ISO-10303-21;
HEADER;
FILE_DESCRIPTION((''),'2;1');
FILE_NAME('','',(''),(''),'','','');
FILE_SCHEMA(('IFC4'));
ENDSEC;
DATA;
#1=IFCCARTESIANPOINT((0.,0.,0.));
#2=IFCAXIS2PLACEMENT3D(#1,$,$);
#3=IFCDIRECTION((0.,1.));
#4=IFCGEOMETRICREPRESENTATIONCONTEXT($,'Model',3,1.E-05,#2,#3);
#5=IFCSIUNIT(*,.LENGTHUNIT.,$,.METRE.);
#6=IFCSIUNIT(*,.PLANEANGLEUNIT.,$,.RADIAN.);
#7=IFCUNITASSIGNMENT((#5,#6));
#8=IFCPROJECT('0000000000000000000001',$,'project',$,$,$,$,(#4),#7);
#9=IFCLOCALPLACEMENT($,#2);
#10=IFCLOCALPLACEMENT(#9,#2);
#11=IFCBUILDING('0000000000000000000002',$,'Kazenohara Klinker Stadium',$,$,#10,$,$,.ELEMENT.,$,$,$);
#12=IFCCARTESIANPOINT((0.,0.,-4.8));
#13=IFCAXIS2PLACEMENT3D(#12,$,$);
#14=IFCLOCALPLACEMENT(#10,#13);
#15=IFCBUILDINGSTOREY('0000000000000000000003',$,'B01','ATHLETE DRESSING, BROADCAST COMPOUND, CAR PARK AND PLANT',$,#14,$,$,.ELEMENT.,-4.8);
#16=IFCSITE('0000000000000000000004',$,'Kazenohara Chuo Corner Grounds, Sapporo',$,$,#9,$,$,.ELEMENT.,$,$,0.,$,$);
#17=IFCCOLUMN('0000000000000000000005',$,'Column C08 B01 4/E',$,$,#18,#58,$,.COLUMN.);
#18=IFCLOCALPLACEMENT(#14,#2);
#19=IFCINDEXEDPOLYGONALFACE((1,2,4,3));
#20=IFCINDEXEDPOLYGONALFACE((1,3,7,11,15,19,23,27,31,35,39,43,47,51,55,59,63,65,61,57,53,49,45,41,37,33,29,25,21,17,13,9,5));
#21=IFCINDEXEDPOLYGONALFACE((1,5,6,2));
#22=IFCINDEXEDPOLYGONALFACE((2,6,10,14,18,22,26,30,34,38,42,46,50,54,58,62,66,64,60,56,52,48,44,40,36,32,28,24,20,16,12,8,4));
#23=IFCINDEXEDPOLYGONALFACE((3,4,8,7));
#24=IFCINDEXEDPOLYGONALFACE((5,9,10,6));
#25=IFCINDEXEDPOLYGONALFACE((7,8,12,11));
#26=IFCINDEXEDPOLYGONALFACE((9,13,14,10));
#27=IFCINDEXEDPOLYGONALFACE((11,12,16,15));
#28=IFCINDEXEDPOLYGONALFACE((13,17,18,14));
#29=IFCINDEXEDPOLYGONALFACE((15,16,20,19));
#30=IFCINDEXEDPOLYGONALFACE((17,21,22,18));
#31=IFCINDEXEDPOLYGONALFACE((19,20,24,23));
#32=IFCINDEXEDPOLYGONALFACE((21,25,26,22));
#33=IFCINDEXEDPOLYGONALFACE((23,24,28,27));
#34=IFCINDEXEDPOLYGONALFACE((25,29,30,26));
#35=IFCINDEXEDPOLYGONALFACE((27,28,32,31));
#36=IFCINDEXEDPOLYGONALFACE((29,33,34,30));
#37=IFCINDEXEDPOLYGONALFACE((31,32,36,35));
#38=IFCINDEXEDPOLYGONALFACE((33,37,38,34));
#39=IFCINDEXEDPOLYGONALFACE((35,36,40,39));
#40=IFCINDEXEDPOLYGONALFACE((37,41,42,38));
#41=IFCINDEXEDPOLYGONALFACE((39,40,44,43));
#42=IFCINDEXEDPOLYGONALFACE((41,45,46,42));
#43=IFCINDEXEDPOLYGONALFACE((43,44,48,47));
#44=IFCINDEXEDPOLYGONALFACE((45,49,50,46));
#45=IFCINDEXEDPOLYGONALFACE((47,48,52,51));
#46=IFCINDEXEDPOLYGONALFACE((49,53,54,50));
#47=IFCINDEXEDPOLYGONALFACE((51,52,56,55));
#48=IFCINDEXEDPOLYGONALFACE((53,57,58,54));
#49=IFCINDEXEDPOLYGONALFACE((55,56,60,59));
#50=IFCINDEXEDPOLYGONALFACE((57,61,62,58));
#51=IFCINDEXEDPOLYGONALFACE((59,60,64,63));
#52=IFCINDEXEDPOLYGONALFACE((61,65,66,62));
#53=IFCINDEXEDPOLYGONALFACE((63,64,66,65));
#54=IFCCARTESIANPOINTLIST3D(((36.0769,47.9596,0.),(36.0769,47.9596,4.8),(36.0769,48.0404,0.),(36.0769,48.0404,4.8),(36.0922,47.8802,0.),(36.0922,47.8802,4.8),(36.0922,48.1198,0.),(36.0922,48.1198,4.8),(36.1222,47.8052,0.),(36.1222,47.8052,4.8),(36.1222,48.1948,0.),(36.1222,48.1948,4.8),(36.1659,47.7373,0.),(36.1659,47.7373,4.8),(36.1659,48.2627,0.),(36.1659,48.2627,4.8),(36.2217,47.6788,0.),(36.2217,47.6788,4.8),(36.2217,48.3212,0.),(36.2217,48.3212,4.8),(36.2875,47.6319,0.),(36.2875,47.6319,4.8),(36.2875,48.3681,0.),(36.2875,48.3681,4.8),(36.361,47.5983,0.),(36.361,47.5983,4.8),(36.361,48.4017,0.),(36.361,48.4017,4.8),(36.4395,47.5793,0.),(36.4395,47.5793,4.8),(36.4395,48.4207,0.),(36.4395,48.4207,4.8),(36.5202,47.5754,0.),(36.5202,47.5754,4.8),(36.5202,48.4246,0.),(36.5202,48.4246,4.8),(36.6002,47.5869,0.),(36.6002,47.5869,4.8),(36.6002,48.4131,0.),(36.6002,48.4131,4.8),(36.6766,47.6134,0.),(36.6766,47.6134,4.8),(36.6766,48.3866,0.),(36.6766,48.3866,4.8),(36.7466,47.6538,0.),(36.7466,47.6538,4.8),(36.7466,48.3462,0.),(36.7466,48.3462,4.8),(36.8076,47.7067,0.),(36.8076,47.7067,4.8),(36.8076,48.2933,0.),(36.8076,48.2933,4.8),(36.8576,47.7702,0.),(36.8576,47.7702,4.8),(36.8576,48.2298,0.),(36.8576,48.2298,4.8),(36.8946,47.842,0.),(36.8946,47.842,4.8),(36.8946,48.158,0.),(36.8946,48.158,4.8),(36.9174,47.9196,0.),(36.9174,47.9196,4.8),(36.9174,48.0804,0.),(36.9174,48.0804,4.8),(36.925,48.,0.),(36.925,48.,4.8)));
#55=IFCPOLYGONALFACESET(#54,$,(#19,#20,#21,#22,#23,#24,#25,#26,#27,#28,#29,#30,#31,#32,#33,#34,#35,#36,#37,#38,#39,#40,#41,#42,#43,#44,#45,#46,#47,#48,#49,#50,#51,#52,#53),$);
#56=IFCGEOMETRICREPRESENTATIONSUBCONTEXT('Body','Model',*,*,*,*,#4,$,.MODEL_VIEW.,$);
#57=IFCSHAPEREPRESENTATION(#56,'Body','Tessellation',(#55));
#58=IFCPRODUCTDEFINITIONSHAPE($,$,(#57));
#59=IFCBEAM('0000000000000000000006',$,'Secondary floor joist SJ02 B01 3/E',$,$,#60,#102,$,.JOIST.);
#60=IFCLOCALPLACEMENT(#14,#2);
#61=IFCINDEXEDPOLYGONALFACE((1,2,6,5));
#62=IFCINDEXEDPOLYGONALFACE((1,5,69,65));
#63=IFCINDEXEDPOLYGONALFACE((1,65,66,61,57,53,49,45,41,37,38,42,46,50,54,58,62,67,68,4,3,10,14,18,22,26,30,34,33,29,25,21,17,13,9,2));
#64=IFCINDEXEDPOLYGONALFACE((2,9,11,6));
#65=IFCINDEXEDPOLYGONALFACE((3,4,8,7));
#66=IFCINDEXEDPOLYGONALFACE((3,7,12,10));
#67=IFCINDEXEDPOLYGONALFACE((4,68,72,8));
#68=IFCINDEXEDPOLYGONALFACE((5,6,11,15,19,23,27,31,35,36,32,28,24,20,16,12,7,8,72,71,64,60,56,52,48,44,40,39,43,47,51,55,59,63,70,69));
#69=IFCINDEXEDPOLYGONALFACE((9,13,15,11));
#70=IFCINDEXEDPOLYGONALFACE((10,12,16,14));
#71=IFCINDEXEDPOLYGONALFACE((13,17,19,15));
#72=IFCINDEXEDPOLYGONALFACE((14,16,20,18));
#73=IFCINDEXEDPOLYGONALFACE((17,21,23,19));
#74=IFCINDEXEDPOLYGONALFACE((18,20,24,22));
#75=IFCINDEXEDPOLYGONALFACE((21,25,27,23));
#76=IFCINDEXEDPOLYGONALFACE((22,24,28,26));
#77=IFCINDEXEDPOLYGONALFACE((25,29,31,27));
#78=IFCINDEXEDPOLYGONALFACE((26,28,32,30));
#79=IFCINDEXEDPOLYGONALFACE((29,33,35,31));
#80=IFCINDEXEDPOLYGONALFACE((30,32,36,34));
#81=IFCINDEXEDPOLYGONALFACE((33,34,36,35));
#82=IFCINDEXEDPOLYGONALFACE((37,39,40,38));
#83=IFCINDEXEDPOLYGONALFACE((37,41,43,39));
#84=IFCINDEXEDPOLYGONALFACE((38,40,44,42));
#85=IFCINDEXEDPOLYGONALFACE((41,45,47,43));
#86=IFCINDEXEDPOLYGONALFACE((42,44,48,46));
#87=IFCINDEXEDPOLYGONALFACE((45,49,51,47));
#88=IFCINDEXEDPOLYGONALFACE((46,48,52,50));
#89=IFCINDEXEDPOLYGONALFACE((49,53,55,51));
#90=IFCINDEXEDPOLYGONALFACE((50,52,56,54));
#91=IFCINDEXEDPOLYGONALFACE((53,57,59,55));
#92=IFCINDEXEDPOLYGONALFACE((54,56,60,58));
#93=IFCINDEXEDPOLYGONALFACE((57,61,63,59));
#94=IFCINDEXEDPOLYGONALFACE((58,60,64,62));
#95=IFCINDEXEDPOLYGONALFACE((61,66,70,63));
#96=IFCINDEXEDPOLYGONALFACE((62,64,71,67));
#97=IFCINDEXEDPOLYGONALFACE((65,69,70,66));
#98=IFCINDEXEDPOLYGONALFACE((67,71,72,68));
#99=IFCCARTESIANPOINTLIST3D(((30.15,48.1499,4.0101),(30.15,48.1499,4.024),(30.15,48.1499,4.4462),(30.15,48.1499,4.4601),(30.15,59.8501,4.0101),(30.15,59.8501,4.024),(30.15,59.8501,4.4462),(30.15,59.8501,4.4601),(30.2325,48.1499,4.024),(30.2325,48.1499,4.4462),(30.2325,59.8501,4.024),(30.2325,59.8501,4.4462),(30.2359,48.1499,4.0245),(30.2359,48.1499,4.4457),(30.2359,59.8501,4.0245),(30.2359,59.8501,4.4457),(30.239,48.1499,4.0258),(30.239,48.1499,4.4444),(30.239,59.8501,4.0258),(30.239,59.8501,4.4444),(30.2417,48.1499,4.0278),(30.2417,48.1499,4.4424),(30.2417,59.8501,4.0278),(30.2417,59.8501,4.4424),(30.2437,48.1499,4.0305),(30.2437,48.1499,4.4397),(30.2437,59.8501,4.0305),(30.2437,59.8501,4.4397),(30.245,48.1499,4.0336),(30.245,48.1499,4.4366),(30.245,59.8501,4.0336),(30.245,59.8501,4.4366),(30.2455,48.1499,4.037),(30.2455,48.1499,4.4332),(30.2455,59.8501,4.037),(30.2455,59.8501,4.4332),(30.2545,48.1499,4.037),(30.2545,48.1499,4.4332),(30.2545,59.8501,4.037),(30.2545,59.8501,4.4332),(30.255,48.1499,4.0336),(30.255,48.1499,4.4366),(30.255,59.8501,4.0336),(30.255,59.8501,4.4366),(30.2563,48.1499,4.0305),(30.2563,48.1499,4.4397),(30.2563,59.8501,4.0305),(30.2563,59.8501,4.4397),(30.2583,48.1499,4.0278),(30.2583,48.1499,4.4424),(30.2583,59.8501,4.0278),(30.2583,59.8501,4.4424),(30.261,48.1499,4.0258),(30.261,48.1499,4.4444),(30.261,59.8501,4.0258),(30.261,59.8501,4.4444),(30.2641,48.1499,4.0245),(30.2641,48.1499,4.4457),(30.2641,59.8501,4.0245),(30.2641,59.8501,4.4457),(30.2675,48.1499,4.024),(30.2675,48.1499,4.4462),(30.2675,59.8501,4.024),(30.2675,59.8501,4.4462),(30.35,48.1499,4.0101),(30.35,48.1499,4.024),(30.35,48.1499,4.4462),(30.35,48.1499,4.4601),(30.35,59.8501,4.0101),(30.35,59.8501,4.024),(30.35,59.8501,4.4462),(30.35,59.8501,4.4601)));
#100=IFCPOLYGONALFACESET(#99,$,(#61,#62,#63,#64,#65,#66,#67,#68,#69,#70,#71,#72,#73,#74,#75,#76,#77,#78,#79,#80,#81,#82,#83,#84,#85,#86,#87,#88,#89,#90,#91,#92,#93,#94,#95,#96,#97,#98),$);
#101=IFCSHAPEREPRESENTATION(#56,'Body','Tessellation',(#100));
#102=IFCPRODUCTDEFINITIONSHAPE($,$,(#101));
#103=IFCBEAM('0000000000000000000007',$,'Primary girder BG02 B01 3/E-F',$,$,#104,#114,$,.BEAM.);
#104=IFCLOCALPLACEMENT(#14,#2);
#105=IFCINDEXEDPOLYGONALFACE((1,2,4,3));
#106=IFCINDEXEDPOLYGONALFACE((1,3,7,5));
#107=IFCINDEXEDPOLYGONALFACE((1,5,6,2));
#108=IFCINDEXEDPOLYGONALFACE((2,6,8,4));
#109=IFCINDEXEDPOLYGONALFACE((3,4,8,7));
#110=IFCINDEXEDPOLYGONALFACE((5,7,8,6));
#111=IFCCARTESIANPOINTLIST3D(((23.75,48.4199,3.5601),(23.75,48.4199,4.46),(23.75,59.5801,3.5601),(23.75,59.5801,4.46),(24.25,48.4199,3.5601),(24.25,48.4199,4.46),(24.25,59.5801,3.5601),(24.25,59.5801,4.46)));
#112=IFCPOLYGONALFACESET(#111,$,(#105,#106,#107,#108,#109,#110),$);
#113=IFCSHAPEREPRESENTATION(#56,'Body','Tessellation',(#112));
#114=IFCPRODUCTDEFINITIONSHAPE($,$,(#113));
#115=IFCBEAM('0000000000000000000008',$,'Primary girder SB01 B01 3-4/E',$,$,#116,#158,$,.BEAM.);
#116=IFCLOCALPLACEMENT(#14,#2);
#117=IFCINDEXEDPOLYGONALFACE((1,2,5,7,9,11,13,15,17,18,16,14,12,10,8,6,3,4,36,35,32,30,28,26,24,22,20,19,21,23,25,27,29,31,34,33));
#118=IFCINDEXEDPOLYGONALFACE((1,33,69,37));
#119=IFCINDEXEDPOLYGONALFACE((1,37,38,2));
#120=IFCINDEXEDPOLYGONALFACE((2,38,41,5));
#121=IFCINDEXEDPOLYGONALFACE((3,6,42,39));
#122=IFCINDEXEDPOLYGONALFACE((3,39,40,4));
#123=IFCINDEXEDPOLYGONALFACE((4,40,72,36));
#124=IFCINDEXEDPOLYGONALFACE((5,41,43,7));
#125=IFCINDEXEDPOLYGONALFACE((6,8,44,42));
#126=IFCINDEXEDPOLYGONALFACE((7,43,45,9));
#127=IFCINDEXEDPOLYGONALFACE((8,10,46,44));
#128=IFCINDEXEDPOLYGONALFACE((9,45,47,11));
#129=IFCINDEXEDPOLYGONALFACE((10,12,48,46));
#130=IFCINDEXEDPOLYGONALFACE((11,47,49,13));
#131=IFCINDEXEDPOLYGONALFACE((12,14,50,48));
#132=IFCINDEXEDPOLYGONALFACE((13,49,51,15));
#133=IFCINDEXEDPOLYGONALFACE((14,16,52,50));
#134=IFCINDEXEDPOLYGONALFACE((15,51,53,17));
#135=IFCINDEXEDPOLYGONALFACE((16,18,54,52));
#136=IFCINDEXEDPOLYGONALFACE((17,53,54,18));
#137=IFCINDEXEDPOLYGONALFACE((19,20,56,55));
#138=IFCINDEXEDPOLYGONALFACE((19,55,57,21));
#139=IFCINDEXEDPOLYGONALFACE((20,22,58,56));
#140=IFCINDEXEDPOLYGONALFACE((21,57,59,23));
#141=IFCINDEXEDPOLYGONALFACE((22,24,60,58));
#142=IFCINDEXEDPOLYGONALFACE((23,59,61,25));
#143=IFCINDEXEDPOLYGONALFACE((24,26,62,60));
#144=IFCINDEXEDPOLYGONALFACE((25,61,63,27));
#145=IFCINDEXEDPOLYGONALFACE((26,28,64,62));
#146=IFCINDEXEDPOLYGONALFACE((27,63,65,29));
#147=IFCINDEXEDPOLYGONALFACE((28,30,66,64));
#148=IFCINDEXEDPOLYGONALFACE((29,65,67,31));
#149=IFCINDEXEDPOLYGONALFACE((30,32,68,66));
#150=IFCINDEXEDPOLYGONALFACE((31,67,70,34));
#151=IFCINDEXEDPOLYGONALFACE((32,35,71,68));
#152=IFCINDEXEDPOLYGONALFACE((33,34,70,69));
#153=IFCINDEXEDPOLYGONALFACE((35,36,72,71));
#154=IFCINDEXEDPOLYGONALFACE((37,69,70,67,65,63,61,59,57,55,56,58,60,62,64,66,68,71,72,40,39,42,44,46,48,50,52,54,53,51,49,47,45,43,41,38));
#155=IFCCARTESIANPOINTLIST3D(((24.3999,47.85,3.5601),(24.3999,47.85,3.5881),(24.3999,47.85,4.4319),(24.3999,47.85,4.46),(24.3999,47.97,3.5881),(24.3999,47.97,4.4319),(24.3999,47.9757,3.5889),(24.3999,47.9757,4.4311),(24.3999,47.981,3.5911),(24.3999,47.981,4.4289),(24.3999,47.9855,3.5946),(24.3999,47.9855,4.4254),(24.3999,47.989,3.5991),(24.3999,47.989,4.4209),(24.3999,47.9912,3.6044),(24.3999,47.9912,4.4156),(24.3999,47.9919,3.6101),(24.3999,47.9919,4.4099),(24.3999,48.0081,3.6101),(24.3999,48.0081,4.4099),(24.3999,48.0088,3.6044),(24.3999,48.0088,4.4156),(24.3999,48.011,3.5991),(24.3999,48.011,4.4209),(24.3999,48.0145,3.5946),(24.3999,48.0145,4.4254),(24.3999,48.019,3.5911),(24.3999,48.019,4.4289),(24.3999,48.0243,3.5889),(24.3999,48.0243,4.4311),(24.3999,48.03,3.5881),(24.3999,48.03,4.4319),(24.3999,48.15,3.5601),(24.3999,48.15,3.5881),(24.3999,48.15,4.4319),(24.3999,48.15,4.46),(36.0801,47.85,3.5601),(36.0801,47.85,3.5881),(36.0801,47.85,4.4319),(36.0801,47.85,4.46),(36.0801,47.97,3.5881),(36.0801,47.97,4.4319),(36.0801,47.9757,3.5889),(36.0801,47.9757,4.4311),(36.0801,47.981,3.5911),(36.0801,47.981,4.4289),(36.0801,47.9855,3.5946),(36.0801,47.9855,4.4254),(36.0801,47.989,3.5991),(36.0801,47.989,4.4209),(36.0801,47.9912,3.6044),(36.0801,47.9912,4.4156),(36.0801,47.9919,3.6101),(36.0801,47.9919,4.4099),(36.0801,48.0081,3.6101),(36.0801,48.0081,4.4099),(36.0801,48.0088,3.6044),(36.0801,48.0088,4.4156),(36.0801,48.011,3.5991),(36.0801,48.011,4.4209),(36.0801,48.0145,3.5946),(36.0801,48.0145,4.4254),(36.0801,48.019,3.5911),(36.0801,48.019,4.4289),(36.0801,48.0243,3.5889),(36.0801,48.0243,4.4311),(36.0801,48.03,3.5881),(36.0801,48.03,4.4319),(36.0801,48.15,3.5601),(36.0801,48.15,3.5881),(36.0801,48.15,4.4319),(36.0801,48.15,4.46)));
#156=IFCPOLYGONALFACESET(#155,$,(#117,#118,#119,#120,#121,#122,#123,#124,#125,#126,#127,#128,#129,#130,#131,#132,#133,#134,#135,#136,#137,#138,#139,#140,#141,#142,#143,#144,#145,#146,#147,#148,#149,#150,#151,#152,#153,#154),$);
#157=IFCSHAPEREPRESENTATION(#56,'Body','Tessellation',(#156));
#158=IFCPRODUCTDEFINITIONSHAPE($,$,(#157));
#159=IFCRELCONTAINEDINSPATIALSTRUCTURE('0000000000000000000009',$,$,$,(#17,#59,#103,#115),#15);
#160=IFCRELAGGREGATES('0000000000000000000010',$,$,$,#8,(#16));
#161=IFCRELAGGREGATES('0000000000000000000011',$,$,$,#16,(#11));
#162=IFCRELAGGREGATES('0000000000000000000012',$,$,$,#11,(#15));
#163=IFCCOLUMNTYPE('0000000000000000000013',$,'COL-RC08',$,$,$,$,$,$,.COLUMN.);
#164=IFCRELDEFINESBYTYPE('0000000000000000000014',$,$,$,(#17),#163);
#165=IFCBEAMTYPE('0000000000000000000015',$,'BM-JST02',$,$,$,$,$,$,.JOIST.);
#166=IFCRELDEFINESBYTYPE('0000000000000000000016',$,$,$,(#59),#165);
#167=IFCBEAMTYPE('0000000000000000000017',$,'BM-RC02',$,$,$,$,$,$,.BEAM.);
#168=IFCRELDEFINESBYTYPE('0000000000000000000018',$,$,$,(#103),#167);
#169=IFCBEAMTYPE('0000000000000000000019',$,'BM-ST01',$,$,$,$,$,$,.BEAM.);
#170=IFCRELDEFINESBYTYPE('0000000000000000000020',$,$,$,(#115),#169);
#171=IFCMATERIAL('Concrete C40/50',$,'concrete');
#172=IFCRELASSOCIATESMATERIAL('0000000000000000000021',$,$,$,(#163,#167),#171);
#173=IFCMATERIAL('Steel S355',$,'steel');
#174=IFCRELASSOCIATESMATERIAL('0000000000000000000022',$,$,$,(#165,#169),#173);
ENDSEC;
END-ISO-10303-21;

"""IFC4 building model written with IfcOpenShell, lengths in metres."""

from ifc_helpers import new_model, si_unit, direction, frame, origin, origin_2d, place, context, subcontext, project, spatial, rectangle, circle, i_section, extrude, material, material_profile, profile_set, type_object, element, save


model = new_model("IFC4")

# Units and contexts
model_context = context("Model", 3, precision=1e-05, world=origin(), true_north=direction((0.0, 1.0)))
body_context = subcontext(model_context, "Body", "Model", "MODEL_VIEW")
ifc_project = project(units=[si_unit("LENGTHUNIT", "METRE"), si_unit("PLANEANGLEUNIT", "RADIAN")], contexts=[model_context])

# Site, building, storey
site_placement = place(None, origin())
site = spatial("IfcSite", under=ifc_project, at=site_placement, Name="Kazenohara Chuo Corner Grounds, Sapporo", CompositionType="ELEMENT", RefElevation=0.0)
building_placement = place(site_placement, origin())
building = spatial("IfcBuilding", under=site, at=building_placement, Name="Kazenohara Klinker Stadium", CompositionType="ELEMENT")
storey_placement = place(building_placement, frame((0.0, 0.0, -4.8)))
storey = spatial("IfcBuildingStorey", under=building, at=storey_placement, Name="B01", Description="ATHLETE DRESSING, BROADCAST COMPOUND, CAR PARK AND PLANT", CompositionType="ELEMENT", Elevation=-4.8)

# Column
ifc_material_1 = material(Name="Concrete C40/50", Category="concrete")
ifc_material_profile_1 = material_profile(ifc_material_1, circle(Radius=0.425, at=origin_2d()), Name="RC-COL-D850")
ifc_profile_set_1 = profile_set([ifc_material_profile_1], Name="Concrete C40/50")
column_type_1 = type_object("IfcColumnType", Name="COL-RC08", PredefinedType="COLUMN", material=ifc_profile_set_1)
column_1_placement = place(storey_placement, frame((36.5, 48.0, 0.0), z_axis=(0.0, 0.0, 1.0), x_axis=(1.0, 0.0, 0.0)))
element("IfcColumn", 1, at=column_1_placement, inside=storey, type_object=column_type_1, Name="Column C08 B01 4/E", PredefinedType="COLUMN", context=body_context, shape_type="SweptSolid", body=[
    extrude(circle(Radius=0.425, at=origin_2d()), origin(), (0.0, 0.0, 1.0), 4.8),
])

# Beams
ifc_material_2 = material(Name="Steel S355", Category="steel")
ifc_material_profile_2 = material_profile(ifc_material_2, i_section(OverallWidth=0.2, OverallDepth=0.45, WebThickness=0.009, FlangeThickness=0.0139, FilletRadius=0.0129, at=origin_2d()), Name="H-450x200x9x14")
ifc_profile_set_2 = profile_set([ifc_material_profile_2], Name="Steel S355")
beam_type_1 = type_object("IfcBeamType", Name="BM-JST02", PredefinedType="JOIST", material=ifc_profile_set_2)
beam_1_placement = place(storey_placement, frame((30.25, 48.1499, 4.2351), z_axis=(0.0, 1.0, 0.0), x_axis=(-1.0, 0.0, 0.0)))
element("IfcBeam", 2, at=beam_1_placement, inside=storey, type_object=beam_type_1, Name="Secondary floor joist SJ02 B01 3/E", PredefinedType="JOIST", context=body_context, shape_type="SweptSolid", body=[
    extrude(i_section(OverallWidth=0.2, OverallDepth=0.45, WebThickness=0.009, FlangeThickness=0.0139, FilletRadius=0.0129, at=origin_2d()), origin(), (0.0, 0.0, 1.0), 11.7002),
])
ifc_material_profile_3 = material_profile(ifc_material_1, rectangle(XDim=0.5, YDim=0.8999, at=origin_2d()), Name="RC-BM-500x900")
ifc_profile_set_3 = profile_set([ifc_material_profile_3], Name="Concrete C40/50")
beam_type_2 = type_object("IfcBeamType", Name="BM-RC02", PredefinedType="BEAM", material=ifc_profile_set_3)
beam_2_placement = place(storey_placement, frame((24.0, 48.4199, 4.01), z_axis=(0.0, 1.0, 0.0), x_axis=(-1.0, 0.0, 0.0)))
element("IfcBeam", 3, at=beam_2_placement, inside=storey, type_object=beam_type_2, Name="Primary girder BG02 B01 3/E-F", PredefinedType="BEAM", context=body_context, shape_type="SweptSolid", body=[
    extrude(rectangle(XDim=0.5, YDim=0.8999, at=origin_2d()), origin(), (0.0, 0.0, 1.0), 11.1602),
])
ifc_material_profile_4 = material_profile(ifc_material_2, i_section(OverallWidth=0.3, OverallDepth=0.8999, WebThickness=0.0161, FlangeThickness=0.0281, FilletRadius=0.022, at=origin_2d()), Name="H-900x300x16x28")
ifc_profile_set_4 = profile_set([ifc_material_profile_4], Name="Steel S355")
beam_type_3 = type_object("IfcBeamType", Name="BM-ST01", PredefinedType="BEAM", material=ifc_profile_set_4)
beam_3_placement = place(storey_placement, frame((24.3999, 48.0, 4.01), z_axis=(1.0, 0.0, 0.0), x_axis=(0.0, 1.0, 0.0)))
element("IfcBeam", 4, at=beam_3_placement, inside=storey, type_object=beam_type_3, Name="Primary girder SB01 B01 3-4/E", PredefinedType="BEAM", context=body_context, shape_type="SweptSolid", body=[
    extrude(i_section(OverallWidth=0.3, OverallDepth=0.8999, WebThickness=0.0161, FlangeThickness=0.0281, FilletRadius=0.022, at=origin_2d()), origin(), (0.0, 0.0, 1.0), 11.6802),
])

save(model, "model.ifc")
